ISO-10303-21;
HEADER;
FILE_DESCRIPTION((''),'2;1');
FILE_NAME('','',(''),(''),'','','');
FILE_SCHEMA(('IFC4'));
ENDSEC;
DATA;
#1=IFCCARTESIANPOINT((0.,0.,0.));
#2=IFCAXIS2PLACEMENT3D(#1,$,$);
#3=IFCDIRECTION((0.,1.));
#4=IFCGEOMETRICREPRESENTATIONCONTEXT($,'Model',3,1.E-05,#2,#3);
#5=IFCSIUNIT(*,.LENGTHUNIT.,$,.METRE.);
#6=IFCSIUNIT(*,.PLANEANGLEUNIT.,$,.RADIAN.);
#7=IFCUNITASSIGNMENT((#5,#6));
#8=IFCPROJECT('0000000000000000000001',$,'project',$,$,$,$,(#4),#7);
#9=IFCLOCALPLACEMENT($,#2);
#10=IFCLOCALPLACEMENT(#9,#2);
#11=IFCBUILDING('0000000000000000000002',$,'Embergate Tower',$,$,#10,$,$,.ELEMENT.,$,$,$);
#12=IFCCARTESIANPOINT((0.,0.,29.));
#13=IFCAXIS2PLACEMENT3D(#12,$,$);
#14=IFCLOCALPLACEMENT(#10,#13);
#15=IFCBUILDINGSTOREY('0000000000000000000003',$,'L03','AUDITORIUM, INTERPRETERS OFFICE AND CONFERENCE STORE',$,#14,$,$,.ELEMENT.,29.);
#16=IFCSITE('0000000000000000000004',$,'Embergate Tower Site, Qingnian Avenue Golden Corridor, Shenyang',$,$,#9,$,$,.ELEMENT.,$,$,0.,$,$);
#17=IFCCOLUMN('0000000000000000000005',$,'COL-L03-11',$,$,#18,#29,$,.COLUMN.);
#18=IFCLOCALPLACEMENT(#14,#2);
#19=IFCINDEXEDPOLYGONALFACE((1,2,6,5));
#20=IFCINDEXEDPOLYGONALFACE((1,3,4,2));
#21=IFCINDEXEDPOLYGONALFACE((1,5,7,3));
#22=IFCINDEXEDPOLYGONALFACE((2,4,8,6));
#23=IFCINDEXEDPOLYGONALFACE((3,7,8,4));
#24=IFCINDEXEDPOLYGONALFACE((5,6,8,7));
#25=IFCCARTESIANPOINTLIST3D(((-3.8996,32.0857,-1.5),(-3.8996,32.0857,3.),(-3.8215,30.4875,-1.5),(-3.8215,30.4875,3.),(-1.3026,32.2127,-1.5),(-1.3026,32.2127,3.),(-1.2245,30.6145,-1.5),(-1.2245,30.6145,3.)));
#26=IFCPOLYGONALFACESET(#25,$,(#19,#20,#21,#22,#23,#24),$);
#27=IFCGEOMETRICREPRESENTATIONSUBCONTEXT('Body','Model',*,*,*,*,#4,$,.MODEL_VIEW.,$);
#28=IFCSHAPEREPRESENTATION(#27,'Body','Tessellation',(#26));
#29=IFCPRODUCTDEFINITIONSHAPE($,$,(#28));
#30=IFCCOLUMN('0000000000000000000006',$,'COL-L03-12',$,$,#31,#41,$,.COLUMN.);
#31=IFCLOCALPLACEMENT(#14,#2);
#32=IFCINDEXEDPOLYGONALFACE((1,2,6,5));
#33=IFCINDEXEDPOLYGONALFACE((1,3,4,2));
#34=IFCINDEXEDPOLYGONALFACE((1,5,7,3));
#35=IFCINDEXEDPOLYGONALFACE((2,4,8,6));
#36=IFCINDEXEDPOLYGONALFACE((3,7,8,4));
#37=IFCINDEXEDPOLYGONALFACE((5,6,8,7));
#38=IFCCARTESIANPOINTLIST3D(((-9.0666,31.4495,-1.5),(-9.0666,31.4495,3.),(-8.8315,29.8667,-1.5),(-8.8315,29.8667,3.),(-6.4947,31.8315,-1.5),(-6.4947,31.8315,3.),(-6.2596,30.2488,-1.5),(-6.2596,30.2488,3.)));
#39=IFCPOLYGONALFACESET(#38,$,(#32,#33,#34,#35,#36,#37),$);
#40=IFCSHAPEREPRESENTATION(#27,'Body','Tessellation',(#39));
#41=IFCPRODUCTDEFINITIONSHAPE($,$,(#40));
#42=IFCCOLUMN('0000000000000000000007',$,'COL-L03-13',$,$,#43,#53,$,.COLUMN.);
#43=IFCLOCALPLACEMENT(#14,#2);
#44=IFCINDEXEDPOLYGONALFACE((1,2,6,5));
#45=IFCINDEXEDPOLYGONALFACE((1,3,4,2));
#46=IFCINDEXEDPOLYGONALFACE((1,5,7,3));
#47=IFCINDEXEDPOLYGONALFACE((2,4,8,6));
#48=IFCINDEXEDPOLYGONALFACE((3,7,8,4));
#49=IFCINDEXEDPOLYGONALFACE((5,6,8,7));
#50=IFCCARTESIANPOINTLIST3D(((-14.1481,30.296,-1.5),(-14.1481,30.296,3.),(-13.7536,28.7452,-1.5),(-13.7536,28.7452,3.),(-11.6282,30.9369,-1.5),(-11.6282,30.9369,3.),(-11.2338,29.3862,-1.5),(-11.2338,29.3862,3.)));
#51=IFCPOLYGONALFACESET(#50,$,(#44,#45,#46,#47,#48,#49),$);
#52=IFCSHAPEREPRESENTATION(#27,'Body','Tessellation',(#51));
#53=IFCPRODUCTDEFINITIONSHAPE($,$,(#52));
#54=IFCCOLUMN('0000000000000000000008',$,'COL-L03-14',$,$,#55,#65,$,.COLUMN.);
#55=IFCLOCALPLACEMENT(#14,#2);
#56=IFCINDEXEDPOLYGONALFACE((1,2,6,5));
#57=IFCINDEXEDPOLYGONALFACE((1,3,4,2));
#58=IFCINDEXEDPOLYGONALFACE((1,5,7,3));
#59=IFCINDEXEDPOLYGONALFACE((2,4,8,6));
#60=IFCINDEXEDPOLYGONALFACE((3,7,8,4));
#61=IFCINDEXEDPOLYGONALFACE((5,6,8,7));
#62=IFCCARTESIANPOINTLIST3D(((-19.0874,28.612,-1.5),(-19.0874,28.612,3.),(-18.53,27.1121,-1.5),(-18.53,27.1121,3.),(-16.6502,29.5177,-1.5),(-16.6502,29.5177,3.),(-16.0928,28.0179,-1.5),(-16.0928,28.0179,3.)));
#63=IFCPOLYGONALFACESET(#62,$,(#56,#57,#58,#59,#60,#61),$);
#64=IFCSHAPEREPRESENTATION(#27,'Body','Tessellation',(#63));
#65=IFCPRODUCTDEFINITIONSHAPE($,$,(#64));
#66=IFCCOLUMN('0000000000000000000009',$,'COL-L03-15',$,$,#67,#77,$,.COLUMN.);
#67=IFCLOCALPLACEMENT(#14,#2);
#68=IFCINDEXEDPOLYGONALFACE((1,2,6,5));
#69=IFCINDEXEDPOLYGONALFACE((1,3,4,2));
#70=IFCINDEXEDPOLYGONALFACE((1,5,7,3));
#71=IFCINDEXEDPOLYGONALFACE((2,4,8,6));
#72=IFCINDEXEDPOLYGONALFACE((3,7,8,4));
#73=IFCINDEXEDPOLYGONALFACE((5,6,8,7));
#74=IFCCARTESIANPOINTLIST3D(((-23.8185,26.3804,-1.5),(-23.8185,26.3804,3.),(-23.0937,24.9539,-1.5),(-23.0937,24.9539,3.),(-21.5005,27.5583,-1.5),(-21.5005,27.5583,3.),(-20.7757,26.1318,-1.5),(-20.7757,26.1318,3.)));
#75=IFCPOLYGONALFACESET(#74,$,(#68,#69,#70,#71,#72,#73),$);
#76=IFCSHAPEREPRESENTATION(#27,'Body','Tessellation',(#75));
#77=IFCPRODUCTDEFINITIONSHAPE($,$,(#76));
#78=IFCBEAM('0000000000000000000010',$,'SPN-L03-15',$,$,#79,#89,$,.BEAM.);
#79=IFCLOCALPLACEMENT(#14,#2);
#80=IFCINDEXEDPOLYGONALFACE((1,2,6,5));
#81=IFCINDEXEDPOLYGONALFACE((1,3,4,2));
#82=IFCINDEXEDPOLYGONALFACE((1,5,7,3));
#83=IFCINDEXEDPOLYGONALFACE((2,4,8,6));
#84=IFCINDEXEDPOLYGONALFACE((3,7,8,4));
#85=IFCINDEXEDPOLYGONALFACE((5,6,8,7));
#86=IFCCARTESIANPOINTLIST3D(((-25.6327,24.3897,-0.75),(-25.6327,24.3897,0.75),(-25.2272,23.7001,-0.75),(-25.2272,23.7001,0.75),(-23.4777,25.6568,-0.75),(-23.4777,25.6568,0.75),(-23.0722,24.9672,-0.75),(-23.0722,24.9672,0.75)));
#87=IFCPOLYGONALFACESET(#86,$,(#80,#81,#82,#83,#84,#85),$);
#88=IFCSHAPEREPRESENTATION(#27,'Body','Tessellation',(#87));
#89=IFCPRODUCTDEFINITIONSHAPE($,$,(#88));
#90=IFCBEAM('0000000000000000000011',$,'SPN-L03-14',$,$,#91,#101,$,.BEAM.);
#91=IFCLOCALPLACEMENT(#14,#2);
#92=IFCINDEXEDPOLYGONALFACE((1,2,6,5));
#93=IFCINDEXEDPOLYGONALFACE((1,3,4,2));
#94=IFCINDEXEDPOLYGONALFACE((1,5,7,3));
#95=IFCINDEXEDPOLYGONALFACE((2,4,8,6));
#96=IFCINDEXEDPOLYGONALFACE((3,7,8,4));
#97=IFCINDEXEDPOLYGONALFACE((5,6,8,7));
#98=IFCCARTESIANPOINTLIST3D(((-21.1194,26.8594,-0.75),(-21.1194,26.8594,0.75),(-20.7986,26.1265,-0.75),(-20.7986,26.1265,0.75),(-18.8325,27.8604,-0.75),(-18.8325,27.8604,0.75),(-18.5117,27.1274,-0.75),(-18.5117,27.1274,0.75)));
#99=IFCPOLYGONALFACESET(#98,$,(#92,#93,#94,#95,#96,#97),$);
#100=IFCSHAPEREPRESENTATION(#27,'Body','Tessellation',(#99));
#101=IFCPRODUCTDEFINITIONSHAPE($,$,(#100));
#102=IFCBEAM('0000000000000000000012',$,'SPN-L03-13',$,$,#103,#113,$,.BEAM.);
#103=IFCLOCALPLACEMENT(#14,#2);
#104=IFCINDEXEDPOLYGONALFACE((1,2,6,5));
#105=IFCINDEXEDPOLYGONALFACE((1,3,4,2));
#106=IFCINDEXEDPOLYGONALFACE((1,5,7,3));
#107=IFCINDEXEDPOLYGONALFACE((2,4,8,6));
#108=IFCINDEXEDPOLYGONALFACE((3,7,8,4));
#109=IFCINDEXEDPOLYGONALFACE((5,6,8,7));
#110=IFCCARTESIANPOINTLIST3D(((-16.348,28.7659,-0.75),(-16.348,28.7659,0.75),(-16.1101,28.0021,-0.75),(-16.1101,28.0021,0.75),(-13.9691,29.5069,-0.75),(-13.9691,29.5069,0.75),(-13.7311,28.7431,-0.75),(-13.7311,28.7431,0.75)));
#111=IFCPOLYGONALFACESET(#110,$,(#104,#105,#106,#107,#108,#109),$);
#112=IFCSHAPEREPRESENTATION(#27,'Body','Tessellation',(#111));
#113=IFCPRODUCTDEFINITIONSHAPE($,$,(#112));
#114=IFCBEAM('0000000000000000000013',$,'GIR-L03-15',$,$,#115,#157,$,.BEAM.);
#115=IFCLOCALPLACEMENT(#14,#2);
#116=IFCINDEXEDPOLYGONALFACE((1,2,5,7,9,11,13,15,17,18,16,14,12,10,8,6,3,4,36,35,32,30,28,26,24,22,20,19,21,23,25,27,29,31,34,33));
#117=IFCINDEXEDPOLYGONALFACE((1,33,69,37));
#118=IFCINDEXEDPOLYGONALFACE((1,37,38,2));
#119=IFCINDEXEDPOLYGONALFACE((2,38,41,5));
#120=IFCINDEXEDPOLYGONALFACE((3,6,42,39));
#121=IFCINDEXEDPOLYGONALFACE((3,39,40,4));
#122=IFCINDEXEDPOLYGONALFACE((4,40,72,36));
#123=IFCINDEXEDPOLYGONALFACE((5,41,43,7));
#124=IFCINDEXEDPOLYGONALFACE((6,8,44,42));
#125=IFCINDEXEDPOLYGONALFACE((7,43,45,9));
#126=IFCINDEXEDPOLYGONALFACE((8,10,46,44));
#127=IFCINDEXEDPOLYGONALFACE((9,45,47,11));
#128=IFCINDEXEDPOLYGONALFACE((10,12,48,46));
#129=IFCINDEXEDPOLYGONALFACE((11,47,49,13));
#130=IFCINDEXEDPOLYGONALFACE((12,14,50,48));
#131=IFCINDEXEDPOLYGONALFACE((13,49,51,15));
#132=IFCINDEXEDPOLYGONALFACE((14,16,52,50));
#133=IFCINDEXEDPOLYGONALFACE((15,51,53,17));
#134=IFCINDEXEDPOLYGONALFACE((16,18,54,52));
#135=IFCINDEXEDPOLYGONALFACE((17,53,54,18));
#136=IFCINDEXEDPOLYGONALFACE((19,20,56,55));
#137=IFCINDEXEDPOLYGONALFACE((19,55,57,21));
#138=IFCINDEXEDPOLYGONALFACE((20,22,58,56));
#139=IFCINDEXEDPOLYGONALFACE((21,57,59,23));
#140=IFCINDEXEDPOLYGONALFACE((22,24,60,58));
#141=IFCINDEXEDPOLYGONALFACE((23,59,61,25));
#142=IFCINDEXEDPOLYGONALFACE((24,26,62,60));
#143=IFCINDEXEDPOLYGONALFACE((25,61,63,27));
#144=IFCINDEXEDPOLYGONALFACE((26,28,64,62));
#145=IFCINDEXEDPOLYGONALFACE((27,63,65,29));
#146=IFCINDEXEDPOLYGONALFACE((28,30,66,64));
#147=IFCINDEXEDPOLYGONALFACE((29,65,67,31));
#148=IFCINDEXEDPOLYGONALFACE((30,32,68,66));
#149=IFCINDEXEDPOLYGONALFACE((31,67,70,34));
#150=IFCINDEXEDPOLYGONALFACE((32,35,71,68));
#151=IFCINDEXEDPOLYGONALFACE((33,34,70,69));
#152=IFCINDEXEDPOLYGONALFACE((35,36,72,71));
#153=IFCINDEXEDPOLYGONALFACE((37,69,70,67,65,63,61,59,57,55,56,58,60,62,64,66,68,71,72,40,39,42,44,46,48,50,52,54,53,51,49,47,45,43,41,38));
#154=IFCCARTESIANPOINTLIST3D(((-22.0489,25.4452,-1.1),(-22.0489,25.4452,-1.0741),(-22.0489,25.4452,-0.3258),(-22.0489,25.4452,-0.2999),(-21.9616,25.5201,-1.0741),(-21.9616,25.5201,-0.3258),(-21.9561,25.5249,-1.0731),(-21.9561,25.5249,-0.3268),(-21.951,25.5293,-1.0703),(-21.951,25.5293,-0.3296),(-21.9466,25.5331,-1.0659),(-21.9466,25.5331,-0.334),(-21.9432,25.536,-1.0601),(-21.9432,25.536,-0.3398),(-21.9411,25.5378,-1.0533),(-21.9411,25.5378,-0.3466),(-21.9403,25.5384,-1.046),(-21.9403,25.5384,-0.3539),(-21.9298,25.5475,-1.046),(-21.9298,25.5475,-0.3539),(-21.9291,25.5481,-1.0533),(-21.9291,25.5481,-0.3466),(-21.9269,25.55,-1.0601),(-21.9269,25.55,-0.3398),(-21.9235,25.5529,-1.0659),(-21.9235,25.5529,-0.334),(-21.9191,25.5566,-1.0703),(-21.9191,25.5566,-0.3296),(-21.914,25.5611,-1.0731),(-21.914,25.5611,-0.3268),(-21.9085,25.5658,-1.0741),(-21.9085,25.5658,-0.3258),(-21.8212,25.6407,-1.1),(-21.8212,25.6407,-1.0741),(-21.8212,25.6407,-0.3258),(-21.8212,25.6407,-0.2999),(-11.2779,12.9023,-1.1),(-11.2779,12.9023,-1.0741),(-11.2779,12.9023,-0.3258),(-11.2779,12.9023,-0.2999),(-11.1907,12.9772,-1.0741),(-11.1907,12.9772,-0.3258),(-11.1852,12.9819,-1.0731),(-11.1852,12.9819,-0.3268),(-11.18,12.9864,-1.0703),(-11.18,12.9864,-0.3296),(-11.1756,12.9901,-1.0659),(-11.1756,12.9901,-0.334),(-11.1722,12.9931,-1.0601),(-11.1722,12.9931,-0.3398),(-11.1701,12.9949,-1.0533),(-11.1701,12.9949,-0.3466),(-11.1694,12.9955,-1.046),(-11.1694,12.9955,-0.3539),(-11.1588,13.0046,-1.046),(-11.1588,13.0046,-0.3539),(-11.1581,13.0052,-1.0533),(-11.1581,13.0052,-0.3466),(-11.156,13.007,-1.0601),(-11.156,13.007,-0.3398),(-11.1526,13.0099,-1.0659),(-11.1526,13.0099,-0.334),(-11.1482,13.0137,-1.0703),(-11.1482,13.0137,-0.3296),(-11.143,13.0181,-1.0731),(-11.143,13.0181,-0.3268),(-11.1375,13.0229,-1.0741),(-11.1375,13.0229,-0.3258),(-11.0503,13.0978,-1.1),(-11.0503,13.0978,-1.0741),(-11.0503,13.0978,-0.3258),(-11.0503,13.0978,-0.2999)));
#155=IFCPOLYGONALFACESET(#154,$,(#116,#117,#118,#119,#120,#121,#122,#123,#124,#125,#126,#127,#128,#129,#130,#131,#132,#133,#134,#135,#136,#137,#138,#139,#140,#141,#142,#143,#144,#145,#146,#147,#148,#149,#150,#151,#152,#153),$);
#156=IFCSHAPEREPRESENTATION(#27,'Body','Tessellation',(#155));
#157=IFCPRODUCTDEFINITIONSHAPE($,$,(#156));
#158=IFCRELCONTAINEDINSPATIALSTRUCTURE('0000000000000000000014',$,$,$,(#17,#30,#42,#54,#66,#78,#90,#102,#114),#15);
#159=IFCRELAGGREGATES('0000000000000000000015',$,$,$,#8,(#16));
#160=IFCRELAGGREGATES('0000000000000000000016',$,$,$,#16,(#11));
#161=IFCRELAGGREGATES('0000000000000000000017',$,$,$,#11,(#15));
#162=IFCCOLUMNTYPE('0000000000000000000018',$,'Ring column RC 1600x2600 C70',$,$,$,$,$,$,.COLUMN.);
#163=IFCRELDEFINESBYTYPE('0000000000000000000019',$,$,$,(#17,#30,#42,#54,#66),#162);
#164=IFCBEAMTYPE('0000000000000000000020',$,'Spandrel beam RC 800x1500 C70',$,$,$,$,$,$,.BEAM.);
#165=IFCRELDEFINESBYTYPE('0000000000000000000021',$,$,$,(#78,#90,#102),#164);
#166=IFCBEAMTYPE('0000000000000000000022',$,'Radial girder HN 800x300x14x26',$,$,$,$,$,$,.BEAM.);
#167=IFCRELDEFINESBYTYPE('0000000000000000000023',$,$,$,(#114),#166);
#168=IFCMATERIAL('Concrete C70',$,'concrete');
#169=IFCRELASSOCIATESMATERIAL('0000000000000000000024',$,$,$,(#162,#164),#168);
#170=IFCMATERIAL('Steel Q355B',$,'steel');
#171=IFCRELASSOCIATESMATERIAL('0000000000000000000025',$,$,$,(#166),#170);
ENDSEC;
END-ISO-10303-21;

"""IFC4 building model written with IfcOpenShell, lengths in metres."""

from ifc_helpers import new_model, si_unit, direction, frame, origin, origin_2d, place, context, subcontext, project, spatial, rectangle, i_section, extrude, source, transform, mapped, material, material_profile, profile_set, type_object, element, save


model = new_model("IFC4")

# Units and contexts
model_context = context("Model", 3, precision=1e-05, world=origin(), true_north=direction((0.0, 1.0)))
body_context = subcontext(model_context, "Body", "Model", "MODEL_VIEW")
ifc_project = project(units=[si_unit("LENGTHUNIT", "METRE"), si_unit("PLANEANGLEUNIT", "RADIAN")], contexts=[model_context])

# Site, building, storey
site_placement = place(None, origin())
site = spatial("IfcSite", under=ifc_project, at=site_placement, Name="Embergate Tower Site, Qingnian Avenue Golden Corridor, Shenyang", CompositionType="ELEMENT", RefElevation=0.0)
building_placement = place(site_placement, origin())
building = spatial("IfcBuilding", under=site, at=building_placement, Name="Embergate Tower", CompositionType="ELEMENT")
storey_placement = place(building_placement, frame((0.0, 0.0, 29.0)))
storey = spatial("IfcBuildingStorey", under=building, at=storey_placement, Name="L03", Description="AUDITORIUM, INTERPRETERS OFFICE AND CONFERENCE STORE", CompositionType="ELEMENT", Elevation=29.0)

# Columns
ifc_material_1 = material(Name="Concrete C70", Category="concrete")
ifc_material_profile_1 = material_profile(ifc_material_1, rectangle(XDim=1.6001, YDim=2.6001, at=origin_2d()), Name="RC 1600x2600")
ifc_profile_set_1 = profile_set([ifc_material_profile_1], Name="Concrete C70")
column_type = type_object("IfcColumnType", Name="Ring column RC 1600x2600 C70", PredefinedType="COLUMN", material=ifc_profile_set_1)
shared_shape_1 = source(origin(), body_context, "Body", "SweptSolid", [
    extrude(rectangle(XDim=1.6001, YDim=2.6001, at=origin_2d()), origin(), (0.0, 0.0, 1.0), 4.5),
])
for number, where, z_axis, x_axis, name in (
    (1, (-2.562, 31.3501, -1.5), (0.0, 0.0, 1.0), (-0.048815, 0.998808, 0.0), "COL-L03-11"),
    (2, (-7.6631, 30.8491, -1.5), (0.0, 0.0, 1.0), (-0.146929, 0.989147, 0.0), "COL-L03-12"),
    (3, (-12.6909, 29.8411, -1.5), (0.0, 0.0, 1.0), (-0.246509, 0.969141, 0.0), "COL-L03-13"),
    (4, (-17.5901, 28.3149, -1.5), (0.0, 0.0, 1.0), (-0.348343, 0.937367, 0.0), "COL-L03-14"),
    (5, (-22.2971, 26.2561, -1.5), (0.0, 0.0, 1.0), (-0.453011, 0.891505, 0.0), "COL-L03-15"),
):
    element("IfcColumn", number, at=place(storey_placement, frame(where, z_axis=z_axis, x_axis=x_axis)), inside=storey, type_object=column_type, Name=name, PredefinedType="COLUMN", context=body_context, shape_type="MappedRepresentation", body=[
        mapped(shared_shape_1, transform((0.0, 0.0, 0.0))),
    ])

# Beams
ifc_material_profile_2 = material_profile(ifc_material_1, rectangle(XDim=0.8, YDim=1.5, at=origin_2d()), Name="RC 800x1500")
ifc_profile_set_2 = profile_set([ifc_material_profile_2], Name="Concrete C70")
beam_type_1 = type_object("IfcBeamType", Name="Spandrel beam RC 800x1500 C70", PredefinedType="BEAM", material=ifc_profile_set_2)
shared_shape_2 = source(origin(), body_context, "Body", "SweptSolid", [
    extrude(rectangle(XDim=0.8, YDim=1.5, at=origin_2d()), origin(), (0.0, 0.0, 1.0), 2.5),
])
beam_1_placement = place(storey_placement, frame((-23.2749, 25.312, 0.0), z_axis=(-0.862035, -0.506849, 0.0), x_axis=(0.506849, -0.862035, 0.0)))
element("IfcBeam", 6, at=beam_1_placement, inside=storey, type_object=beam_type_1, Name="SPN-L03-15", PredefinedType="BEAM", context=body_context, shape_type="MappedRepresentation", body=[
    mapped(shared_shape_2, transform((0.0, 0.0, 0.0))),
])
shared_shape_3 = source(origin(), body_context, "Body", "SweptSolid", [
    extrude(rectangle(XDim=0.8, YDim=1.5, at=origin_2d()), origin(), (0.0, 0.0, 1.0), 2.4963),
])
beam_2_placement = place(storey_placement, frame((-18.6721, 27.4939, 0.0), z_axis=(-0.916088, -0.400978, 0.0), x_axis=(0.400978, -0.916088, 0.0)))
element("IfcBeam", 7, at=beam_2_placement, inside=storey, type_object=beam_type_1, Name="SPN-L03-14", PredefinedType="BEAM", context=body_context, shape_type="MappedRepresentation", body=[
    mapped(shared_shape_3, transform((0.0, 0.0, 0.0))),
])
shared_shape_4 = source(origin(), body_context, "Body", "SweptSolid", [
    extrude(rectangle(XDim=0.8, YDim=1.5, at=origin_2d()), origin(), (0.0, 0.0, 1.0), 2.4917),
])
beam_3_placement = place(storey_placement, frame((-13.8501, 29.125, 0.0), z_axis=(-0.954759, -0.297382, 0.0), x_axis=(0.297382, -0.954759, 0.0)))
element("IfcBeam", 8, at=beam_3_placement, inside=storey, type_object=beam_type_1, Name="SPN-L03-13", PredefinedType="BEAM", context=body_context, shape_type="MappedRepresentation", body=[
    mapped(shared_shape_4, transform((0.0, 0.0, 0.0))),
])
ifc_material_2 = material(Name="Steel Q355B", Category="steel")
ifc_material_profile_3 = material_profile(ifc_material_2, i_section(OverallWidth=0.3, OverallDepth=0.8, WebThickness=0.0139, FlangeThickness=0.0259, FilletRadius=0.0281, at=origin_2d()), Name="HN 800x300x14x26")
ifc_profile_set_3 = profile_set([ifc_material_profile_3], Name="Steel Q355 grade B")
beam_type_2 = type_object("IfcBeamType", Name="Radial girder HN 800x300x14x26", PredefinedType="BEAM", material=ifc_profile_set_3)
shared_shape_5 = source(origin(), body_context, "Body", "SweptSolid", [
    extrude(i_section(OverallWidth=0.3, OverallDepth=0.8, WebThickness=0.0139, FlangeThickness=0.0259, FilletRadius=0.0281, at=origin_2d()), origin(), (0.0, 0.0, 1.0), 16.533),
])
beam_4_placement = place(storey_placement, frame((-21.9351, 25.543, -0.7), z_axis=(0.651484, -0.758662, 0.0), x_axis=(0.758662, 0.651484, 0.0)))
element("IfcBeam", 9, at=beam_4_placement, inside=storey, type_object=beam_type_2, Name="GIR-L03-15", PredefinedType="BEAM", context=body_context, shape_type="MappedRepresentation", body=[
    mapped(shared_shape_5, transform((0.0, 0.0, 0.0))),
])

save(model, "model.ifc")
